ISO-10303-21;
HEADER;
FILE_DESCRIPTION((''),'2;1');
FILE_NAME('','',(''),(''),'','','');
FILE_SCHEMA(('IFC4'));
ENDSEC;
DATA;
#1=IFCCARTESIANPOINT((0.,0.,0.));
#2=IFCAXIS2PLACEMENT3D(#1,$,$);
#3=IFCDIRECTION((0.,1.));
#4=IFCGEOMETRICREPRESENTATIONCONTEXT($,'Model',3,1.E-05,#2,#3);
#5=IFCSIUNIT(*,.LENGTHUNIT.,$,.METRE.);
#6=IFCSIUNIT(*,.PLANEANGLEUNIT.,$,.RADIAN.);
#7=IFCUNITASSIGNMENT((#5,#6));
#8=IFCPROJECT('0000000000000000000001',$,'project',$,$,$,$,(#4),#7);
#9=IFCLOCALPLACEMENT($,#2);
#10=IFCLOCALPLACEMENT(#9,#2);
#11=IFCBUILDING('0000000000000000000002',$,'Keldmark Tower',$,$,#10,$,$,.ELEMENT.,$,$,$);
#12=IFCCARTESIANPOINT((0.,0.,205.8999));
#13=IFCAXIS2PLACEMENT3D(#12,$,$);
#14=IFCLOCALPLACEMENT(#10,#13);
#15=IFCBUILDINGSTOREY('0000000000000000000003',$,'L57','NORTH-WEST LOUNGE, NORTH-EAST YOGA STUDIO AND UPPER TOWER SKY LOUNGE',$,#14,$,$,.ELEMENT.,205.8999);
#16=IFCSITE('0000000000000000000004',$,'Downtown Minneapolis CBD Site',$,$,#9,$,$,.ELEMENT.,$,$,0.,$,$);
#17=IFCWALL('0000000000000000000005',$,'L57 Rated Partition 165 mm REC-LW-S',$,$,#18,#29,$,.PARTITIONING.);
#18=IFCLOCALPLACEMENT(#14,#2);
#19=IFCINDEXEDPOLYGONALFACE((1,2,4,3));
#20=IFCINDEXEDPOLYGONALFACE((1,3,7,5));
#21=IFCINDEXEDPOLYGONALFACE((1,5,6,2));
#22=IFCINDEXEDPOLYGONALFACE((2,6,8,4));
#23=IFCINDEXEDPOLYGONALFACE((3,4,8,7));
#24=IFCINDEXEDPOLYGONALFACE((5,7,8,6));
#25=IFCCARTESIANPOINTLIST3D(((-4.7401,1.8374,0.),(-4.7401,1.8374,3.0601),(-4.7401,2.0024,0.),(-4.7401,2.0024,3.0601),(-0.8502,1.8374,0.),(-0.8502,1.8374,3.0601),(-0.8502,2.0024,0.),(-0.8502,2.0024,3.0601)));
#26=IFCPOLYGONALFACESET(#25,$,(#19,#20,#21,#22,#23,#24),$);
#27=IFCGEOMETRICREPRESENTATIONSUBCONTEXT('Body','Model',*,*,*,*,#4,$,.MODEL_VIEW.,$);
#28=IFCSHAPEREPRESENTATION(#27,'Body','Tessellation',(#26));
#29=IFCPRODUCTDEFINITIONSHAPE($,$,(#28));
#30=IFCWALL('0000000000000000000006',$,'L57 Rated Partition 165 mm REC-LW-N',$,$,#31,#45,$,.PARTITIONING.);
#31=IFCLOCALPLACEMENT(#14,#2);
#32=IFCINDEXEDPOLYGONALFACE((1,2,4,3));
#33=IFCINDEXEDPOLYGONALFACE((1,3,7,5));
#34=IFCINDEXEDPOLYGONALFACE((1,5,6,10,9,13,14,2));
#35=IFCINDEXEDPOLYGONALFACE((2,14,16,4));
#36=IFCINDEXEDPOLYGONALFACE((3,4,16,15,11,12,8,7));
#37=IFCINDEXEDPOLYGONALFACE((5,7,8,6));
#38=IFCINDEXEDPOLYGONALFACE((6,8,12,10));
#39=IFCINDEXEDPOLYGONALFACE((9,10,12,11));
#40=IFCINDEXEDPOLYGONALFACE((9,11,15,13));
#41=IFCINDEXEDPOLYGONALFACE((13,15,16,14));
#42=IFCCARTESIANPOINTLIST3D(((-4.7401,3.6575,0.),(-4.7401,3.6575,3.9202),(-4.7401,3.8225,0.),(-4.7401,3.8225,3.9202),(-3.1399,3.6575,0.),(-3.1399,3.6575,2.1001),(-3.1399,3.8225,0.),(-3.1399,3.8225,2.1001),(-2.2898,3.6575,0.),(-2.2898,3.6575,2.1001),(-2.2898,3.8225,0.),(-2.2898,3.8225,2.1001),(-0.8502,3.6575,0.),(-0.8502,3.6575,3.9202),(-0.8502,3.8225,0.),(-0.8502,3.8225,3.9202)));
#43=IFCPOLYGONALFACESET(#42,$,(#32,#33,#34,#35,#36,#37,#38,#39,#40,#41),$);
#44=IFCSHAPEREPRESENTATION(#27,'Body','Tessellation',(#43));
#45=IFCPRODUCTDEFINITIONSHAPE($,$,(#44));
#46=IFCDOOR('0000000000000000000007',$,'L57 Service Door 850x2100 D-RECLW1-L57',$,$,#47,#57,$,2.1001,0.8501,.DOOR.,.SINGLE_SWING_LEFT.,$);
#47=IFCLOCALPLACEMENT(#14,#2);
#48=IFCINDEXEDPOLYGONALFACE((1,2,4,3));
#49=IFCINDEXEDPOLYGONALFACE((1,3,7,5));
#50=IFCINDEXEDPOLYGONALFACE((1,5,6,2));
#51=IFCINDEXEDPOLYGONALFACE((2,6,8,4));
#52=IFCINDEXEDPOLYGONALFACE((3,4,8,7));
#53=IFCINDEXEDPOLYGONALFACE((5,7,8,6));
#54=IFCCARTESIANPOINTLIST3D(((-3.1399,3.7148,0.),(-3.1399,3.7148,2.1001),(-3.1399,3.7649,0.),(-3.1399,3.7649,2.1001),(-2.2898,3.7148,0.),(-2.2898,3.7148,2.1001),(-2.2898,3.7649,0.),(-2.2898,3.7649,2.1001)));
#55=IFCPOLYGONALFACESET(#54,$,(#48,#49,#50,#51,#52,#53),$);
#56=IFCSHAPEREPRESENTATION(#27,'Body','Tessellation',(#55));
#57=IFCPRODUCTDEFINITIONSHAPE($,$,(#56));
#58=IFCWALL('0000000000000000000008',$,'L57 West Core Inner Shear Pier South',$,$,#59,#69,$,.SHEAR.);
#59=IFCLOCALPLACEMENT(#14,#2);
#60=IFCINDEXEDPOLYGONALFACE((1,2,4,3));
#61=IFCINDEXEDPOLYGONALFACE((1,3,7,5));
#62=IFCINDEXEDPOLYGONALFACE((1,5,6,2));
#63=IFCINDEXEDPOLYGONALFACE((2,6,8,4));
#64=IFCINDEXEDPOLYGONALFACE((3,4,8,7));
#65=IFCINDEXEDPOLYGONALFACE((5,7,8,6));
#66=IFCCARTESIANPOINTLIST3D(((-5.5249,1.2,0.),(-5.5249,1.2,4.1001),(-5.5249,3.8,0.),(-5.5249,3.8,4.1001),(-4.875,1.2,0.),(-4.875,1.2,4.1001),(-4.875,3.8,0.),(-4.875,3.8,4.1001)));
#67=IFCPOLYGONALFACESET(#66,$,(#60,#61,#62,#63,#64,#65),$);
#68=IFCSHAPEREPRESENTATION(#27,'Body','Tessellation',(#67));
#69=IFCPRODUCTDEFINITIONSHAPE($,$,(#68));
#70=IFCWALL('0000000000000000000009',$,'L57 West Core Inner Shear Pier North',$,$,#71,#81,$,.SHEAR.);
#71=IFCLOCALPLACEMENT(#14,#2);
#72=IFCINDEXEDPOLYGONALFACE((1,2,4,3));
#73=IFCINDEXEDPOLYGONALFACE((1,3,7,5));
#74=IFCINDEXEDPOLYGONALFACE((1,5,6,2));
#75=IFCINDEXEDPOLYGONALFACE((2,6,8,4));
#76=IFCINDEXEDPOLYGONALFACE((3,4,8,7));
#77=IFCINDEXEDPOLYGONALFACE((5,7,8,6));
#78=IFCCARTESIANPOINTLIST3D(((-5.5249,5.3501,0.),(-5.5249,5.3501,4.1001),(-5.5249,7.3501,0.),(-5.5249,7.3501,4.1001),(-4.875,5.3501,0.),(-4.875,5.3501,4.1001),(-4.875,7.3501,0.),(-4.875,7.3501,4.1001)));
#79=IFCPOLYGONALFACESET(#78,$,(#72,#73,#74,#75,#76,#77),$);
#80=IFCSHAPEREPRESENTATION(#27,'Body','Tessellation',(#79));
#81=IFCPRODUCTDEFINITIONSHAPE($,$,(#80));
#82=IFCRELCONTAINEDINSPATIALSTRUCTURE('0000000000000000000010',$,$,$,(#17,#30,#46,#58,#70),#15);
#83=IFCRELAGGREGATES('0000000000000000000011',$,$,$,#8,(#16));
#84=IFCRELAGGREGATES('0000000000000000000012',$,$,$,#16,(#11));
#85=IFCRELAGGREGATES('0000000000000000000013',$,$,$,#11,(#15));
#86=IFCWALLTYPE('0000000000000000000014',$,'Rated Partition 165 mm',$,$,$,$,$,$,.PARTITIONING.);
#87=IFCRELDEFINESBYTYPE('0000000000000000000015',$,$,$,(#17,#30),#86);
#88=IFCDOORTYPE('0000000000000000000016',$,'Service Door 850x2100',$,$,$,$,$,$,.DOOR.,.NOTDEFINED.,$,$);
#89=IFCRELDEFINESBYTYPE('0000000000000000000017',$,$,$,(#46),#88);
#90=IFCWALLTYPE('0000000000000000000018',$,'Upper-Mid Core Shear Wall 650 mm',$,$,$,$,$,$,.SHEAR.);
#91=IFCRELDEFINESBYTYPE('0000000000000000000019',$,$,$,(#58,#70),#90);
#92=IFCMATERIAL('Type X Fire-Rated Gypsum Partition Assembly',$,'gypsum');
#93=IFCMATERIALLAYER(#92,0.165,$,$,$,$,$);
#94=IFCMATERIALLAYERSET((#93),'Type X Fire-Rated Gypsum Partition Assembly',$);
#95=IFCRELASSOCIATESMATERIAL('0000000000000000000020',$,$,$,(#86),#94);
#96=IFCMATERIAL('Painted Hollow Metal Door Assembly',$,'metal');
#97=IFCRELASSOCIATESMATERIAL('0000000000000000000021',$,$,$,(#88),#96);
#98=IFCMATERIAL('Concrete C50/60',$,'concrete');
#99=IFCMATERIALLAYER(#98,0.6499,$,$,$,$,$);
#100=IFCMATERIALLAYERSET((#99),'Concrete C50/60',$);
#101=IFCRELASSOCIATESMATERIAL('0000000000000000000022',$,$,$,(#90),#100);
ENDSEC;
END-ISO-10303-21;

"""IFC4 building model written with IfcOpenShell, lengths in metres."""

from ifc_helpers import new_model, si_unit, direction, frame, frame_2d, origin, place, context, subcontext, project, spatial, rectangle, extrude, material, layer, layer_set, type_object, element, fill, save


model = new_model("IFC4")

# Units and contexts
model_context = context("Model", 3, precision=1e-05, world=origin(), true_north=direction((0.0, 1.0)))
body_context = subcontext(model_context, "Body", "Model", "MODEL_VIEW")
ifc_project = project(units=[si_unit("LENGTHUNIT", "METRE"), si_unit("PLANEANGLEUNIT", "RADIAN")], contexts=[model_context])

# Site, building, storey
site_placement = place(None, origin())
site = spatial("IfcSite", under=ifc_project, at=site_placement, Name="Downtown Minneapolis CBD Site", CompositionType="ELEMENT", RefElevation=0.0)
building_placement = place(site_placement, origin())
building = spatial("IfcBuilding", under=site, at=building_placement, Name="Keldmark Tower", CompositionType="ELEMENT")
storey_placement = place(building_placement, frame((0.0, 0.0, 205.8999)))
storey = spatial("IfcBuildingStorey", under=building, at=storey_placement, Name="L57", Description="NORTH-WEST LOUNGE, NORTH-EAST YOGA STUDIO AND UPPER TOWER SKY LOUNGE", CompositionType="ELEMENT", Elevation=205.8999)

# Wall
ifc_material_1 = material(Name="Type X Fire-Rated Gypsum Partition Assembly", Category="gypsum")
ifc_layer_1 = layer(ifc_material_1, 0.165)
ifc_layer_set_1 = layer_set([ifc_layer_1], Name="Type X Fire-Rated Gypsum Partition Assembly")
wall_type_1 = type_object("IfcWallType", Name="Rated Partition 165 mm", PredefinedType="PARTITIONING", material=ifc_layer_set_1)
wall_1_placement = place(storey_placement, frame((-4.74, 1.9199, 0.0), z_axis=(0.0, 0.0, 1.0), x_axis=(1.0, 0.0, 0.0)))
element("IfcWall", 1, at=wall_1_placement, inside=storey, type_object=wall_type_1, Name="L57 Rated Partition 165 mm REC-LW-S", PredefinedType="PARTITIONING", context=body_context, shape_type="SweptSolid", body=[
    extrude(rectangle(XDim=3.8899, YDim=0.165, at=frame_2d((1.9448, 0.0))), origin(), (0.0, 0.0, 1.0), 3.0601),
])

# Wall, opening, door
wall_2_placement = place(storey_placement, frame((-4.74, 3.74, 0.0), z_axis=(0.0, 0.0, 1.0), x_axis=(1.0, 0.0, 0.0)))
wall_2 = element("IfcWall", 2, at=wall_2_placement, inside=storey, type_object=wall_type_1, Name="L57 Rated Partition 165 mm REC-LW-N", PredefinedType="PARTITIONING", context=body_context, shape_type="SweptSolid", body=[
    extrude(rectangle(XDim=3.8899, YDim=0.165, at=frame_2d((1.9448, 0.0))), origin(), (0.0, 0.0, 1.0), 3.9202),
])
opening_1_placement = place(wall_2_placement, frame((1.6001, 0.0, 0.0)))
opening_1 = element("IfcOpeningElement", 3, at=opening_1_placement, cuts=wall_2, PredefinedType="OPENING", context=body_context, shape_type="SweptSolid", body=[
    extrude(rectangle(XDim=0.8501, YDim=2.1001, at=frame_2d((0.425, 1.05))), frame((0.0, 0.0925, 0.0), z_axis=(0.0, -1.0, 0.0), x_axis=(1.0, 0.0, 0.0)), (0.0, 0.0, 1.0), 0.1851),
])
ifc_material_2 = material(Name="Painted Hollow Metal Door Assembly", Category="metal")
door_type_1 = type_object("IfcDoorType", Name="Service Door 850x2100", OperationType="NOTDEFINED", PredefinedType="DOOR", material=ifc_material_2)
door_1_placement = place(opening_1_placement, origin())
door_1 = element("IfcDoor", 4, at=door_1_placement, inside=storey, type_object=door_type_1, Name="L57 Service Door 850x2100 D-RECLW1-L57", OperationType="SINGLE_SWING_LEFT", OverallHeight=2.1001, OverallWidth=0.8501, PredefinedType="DOOR", context=body_context, shape_type="SweptSolid", body=[
    extrude(rectangle(XDim=0.8501, YDim=2.1001, at=frame_2d((0.425, 1.05))), frame((0.0, 0.0249, 0.0), z_axis=(0.0, -1.0, 0.0), x_axis=(1.0, 0.0, 0.0)), (0.0, 0.0, 1.0), 0.05),
])
fill(opening_1, door_1)

# Shared definitions
ifc_material_3 = material(Name="Concrete C50/60", Category="concrete")
ifc_layer_2 = layer(ifc_material_3, 0.6499)
ifc_layer_set_2 = layer_set([ifc_layer_2], Name="Concrete C50/60")
wall_type_2 = type_object("IfcWallType", Name="Upper-Mid Core Shear Wall 650 mm", PredefinedType="SHEAR", material=ifc_layer_set_2)

# Walls
wall_3_placement = place(storey_placement, frame((-5.2, 1.2, 0.0), z_axis=(0.0, 0.0, 1.0), x_axis=(0.0, 1.0, 0.0)))
element("IfcWall", 5, at=wall_3_placement, inside=storey, type_object=wall_type_2, Name="L57 West Core Inner Shear Pier South", PredefinedType="SHEAR", context=body_context, shape_type="SweptSolid", body=[
    extrude(rectangle(XDim=2.6001, YDim=0.6499, at=frame_2d((1.3, 0.0))), origin(), (0.0, 0.0, 1.0), 4.1001),
])
wall_4_placement = place(storey_placement, frame((-5.2, 5.3501, 0.0), z_axis=(0.0, 0.0, 1.0), x_axis=(0.0, 1.0, 0.0)))
element("IfcWall", 6, at=wall_4_placement, inside=storey, type_object=wall_type_2, Name="L57 West Core Inner Shear Pier North", PredefinedType="SHEAR", context=body_context, shape_type="SweptSolid", body=[
    extrude(rectangle(XDim=2.0, YDim=0.6499, at=frame_2d((1.0, 0.0))), origin(), (0.0, 0.0, 1.0), 4.1001),
])

save(model, "model.ifc")
